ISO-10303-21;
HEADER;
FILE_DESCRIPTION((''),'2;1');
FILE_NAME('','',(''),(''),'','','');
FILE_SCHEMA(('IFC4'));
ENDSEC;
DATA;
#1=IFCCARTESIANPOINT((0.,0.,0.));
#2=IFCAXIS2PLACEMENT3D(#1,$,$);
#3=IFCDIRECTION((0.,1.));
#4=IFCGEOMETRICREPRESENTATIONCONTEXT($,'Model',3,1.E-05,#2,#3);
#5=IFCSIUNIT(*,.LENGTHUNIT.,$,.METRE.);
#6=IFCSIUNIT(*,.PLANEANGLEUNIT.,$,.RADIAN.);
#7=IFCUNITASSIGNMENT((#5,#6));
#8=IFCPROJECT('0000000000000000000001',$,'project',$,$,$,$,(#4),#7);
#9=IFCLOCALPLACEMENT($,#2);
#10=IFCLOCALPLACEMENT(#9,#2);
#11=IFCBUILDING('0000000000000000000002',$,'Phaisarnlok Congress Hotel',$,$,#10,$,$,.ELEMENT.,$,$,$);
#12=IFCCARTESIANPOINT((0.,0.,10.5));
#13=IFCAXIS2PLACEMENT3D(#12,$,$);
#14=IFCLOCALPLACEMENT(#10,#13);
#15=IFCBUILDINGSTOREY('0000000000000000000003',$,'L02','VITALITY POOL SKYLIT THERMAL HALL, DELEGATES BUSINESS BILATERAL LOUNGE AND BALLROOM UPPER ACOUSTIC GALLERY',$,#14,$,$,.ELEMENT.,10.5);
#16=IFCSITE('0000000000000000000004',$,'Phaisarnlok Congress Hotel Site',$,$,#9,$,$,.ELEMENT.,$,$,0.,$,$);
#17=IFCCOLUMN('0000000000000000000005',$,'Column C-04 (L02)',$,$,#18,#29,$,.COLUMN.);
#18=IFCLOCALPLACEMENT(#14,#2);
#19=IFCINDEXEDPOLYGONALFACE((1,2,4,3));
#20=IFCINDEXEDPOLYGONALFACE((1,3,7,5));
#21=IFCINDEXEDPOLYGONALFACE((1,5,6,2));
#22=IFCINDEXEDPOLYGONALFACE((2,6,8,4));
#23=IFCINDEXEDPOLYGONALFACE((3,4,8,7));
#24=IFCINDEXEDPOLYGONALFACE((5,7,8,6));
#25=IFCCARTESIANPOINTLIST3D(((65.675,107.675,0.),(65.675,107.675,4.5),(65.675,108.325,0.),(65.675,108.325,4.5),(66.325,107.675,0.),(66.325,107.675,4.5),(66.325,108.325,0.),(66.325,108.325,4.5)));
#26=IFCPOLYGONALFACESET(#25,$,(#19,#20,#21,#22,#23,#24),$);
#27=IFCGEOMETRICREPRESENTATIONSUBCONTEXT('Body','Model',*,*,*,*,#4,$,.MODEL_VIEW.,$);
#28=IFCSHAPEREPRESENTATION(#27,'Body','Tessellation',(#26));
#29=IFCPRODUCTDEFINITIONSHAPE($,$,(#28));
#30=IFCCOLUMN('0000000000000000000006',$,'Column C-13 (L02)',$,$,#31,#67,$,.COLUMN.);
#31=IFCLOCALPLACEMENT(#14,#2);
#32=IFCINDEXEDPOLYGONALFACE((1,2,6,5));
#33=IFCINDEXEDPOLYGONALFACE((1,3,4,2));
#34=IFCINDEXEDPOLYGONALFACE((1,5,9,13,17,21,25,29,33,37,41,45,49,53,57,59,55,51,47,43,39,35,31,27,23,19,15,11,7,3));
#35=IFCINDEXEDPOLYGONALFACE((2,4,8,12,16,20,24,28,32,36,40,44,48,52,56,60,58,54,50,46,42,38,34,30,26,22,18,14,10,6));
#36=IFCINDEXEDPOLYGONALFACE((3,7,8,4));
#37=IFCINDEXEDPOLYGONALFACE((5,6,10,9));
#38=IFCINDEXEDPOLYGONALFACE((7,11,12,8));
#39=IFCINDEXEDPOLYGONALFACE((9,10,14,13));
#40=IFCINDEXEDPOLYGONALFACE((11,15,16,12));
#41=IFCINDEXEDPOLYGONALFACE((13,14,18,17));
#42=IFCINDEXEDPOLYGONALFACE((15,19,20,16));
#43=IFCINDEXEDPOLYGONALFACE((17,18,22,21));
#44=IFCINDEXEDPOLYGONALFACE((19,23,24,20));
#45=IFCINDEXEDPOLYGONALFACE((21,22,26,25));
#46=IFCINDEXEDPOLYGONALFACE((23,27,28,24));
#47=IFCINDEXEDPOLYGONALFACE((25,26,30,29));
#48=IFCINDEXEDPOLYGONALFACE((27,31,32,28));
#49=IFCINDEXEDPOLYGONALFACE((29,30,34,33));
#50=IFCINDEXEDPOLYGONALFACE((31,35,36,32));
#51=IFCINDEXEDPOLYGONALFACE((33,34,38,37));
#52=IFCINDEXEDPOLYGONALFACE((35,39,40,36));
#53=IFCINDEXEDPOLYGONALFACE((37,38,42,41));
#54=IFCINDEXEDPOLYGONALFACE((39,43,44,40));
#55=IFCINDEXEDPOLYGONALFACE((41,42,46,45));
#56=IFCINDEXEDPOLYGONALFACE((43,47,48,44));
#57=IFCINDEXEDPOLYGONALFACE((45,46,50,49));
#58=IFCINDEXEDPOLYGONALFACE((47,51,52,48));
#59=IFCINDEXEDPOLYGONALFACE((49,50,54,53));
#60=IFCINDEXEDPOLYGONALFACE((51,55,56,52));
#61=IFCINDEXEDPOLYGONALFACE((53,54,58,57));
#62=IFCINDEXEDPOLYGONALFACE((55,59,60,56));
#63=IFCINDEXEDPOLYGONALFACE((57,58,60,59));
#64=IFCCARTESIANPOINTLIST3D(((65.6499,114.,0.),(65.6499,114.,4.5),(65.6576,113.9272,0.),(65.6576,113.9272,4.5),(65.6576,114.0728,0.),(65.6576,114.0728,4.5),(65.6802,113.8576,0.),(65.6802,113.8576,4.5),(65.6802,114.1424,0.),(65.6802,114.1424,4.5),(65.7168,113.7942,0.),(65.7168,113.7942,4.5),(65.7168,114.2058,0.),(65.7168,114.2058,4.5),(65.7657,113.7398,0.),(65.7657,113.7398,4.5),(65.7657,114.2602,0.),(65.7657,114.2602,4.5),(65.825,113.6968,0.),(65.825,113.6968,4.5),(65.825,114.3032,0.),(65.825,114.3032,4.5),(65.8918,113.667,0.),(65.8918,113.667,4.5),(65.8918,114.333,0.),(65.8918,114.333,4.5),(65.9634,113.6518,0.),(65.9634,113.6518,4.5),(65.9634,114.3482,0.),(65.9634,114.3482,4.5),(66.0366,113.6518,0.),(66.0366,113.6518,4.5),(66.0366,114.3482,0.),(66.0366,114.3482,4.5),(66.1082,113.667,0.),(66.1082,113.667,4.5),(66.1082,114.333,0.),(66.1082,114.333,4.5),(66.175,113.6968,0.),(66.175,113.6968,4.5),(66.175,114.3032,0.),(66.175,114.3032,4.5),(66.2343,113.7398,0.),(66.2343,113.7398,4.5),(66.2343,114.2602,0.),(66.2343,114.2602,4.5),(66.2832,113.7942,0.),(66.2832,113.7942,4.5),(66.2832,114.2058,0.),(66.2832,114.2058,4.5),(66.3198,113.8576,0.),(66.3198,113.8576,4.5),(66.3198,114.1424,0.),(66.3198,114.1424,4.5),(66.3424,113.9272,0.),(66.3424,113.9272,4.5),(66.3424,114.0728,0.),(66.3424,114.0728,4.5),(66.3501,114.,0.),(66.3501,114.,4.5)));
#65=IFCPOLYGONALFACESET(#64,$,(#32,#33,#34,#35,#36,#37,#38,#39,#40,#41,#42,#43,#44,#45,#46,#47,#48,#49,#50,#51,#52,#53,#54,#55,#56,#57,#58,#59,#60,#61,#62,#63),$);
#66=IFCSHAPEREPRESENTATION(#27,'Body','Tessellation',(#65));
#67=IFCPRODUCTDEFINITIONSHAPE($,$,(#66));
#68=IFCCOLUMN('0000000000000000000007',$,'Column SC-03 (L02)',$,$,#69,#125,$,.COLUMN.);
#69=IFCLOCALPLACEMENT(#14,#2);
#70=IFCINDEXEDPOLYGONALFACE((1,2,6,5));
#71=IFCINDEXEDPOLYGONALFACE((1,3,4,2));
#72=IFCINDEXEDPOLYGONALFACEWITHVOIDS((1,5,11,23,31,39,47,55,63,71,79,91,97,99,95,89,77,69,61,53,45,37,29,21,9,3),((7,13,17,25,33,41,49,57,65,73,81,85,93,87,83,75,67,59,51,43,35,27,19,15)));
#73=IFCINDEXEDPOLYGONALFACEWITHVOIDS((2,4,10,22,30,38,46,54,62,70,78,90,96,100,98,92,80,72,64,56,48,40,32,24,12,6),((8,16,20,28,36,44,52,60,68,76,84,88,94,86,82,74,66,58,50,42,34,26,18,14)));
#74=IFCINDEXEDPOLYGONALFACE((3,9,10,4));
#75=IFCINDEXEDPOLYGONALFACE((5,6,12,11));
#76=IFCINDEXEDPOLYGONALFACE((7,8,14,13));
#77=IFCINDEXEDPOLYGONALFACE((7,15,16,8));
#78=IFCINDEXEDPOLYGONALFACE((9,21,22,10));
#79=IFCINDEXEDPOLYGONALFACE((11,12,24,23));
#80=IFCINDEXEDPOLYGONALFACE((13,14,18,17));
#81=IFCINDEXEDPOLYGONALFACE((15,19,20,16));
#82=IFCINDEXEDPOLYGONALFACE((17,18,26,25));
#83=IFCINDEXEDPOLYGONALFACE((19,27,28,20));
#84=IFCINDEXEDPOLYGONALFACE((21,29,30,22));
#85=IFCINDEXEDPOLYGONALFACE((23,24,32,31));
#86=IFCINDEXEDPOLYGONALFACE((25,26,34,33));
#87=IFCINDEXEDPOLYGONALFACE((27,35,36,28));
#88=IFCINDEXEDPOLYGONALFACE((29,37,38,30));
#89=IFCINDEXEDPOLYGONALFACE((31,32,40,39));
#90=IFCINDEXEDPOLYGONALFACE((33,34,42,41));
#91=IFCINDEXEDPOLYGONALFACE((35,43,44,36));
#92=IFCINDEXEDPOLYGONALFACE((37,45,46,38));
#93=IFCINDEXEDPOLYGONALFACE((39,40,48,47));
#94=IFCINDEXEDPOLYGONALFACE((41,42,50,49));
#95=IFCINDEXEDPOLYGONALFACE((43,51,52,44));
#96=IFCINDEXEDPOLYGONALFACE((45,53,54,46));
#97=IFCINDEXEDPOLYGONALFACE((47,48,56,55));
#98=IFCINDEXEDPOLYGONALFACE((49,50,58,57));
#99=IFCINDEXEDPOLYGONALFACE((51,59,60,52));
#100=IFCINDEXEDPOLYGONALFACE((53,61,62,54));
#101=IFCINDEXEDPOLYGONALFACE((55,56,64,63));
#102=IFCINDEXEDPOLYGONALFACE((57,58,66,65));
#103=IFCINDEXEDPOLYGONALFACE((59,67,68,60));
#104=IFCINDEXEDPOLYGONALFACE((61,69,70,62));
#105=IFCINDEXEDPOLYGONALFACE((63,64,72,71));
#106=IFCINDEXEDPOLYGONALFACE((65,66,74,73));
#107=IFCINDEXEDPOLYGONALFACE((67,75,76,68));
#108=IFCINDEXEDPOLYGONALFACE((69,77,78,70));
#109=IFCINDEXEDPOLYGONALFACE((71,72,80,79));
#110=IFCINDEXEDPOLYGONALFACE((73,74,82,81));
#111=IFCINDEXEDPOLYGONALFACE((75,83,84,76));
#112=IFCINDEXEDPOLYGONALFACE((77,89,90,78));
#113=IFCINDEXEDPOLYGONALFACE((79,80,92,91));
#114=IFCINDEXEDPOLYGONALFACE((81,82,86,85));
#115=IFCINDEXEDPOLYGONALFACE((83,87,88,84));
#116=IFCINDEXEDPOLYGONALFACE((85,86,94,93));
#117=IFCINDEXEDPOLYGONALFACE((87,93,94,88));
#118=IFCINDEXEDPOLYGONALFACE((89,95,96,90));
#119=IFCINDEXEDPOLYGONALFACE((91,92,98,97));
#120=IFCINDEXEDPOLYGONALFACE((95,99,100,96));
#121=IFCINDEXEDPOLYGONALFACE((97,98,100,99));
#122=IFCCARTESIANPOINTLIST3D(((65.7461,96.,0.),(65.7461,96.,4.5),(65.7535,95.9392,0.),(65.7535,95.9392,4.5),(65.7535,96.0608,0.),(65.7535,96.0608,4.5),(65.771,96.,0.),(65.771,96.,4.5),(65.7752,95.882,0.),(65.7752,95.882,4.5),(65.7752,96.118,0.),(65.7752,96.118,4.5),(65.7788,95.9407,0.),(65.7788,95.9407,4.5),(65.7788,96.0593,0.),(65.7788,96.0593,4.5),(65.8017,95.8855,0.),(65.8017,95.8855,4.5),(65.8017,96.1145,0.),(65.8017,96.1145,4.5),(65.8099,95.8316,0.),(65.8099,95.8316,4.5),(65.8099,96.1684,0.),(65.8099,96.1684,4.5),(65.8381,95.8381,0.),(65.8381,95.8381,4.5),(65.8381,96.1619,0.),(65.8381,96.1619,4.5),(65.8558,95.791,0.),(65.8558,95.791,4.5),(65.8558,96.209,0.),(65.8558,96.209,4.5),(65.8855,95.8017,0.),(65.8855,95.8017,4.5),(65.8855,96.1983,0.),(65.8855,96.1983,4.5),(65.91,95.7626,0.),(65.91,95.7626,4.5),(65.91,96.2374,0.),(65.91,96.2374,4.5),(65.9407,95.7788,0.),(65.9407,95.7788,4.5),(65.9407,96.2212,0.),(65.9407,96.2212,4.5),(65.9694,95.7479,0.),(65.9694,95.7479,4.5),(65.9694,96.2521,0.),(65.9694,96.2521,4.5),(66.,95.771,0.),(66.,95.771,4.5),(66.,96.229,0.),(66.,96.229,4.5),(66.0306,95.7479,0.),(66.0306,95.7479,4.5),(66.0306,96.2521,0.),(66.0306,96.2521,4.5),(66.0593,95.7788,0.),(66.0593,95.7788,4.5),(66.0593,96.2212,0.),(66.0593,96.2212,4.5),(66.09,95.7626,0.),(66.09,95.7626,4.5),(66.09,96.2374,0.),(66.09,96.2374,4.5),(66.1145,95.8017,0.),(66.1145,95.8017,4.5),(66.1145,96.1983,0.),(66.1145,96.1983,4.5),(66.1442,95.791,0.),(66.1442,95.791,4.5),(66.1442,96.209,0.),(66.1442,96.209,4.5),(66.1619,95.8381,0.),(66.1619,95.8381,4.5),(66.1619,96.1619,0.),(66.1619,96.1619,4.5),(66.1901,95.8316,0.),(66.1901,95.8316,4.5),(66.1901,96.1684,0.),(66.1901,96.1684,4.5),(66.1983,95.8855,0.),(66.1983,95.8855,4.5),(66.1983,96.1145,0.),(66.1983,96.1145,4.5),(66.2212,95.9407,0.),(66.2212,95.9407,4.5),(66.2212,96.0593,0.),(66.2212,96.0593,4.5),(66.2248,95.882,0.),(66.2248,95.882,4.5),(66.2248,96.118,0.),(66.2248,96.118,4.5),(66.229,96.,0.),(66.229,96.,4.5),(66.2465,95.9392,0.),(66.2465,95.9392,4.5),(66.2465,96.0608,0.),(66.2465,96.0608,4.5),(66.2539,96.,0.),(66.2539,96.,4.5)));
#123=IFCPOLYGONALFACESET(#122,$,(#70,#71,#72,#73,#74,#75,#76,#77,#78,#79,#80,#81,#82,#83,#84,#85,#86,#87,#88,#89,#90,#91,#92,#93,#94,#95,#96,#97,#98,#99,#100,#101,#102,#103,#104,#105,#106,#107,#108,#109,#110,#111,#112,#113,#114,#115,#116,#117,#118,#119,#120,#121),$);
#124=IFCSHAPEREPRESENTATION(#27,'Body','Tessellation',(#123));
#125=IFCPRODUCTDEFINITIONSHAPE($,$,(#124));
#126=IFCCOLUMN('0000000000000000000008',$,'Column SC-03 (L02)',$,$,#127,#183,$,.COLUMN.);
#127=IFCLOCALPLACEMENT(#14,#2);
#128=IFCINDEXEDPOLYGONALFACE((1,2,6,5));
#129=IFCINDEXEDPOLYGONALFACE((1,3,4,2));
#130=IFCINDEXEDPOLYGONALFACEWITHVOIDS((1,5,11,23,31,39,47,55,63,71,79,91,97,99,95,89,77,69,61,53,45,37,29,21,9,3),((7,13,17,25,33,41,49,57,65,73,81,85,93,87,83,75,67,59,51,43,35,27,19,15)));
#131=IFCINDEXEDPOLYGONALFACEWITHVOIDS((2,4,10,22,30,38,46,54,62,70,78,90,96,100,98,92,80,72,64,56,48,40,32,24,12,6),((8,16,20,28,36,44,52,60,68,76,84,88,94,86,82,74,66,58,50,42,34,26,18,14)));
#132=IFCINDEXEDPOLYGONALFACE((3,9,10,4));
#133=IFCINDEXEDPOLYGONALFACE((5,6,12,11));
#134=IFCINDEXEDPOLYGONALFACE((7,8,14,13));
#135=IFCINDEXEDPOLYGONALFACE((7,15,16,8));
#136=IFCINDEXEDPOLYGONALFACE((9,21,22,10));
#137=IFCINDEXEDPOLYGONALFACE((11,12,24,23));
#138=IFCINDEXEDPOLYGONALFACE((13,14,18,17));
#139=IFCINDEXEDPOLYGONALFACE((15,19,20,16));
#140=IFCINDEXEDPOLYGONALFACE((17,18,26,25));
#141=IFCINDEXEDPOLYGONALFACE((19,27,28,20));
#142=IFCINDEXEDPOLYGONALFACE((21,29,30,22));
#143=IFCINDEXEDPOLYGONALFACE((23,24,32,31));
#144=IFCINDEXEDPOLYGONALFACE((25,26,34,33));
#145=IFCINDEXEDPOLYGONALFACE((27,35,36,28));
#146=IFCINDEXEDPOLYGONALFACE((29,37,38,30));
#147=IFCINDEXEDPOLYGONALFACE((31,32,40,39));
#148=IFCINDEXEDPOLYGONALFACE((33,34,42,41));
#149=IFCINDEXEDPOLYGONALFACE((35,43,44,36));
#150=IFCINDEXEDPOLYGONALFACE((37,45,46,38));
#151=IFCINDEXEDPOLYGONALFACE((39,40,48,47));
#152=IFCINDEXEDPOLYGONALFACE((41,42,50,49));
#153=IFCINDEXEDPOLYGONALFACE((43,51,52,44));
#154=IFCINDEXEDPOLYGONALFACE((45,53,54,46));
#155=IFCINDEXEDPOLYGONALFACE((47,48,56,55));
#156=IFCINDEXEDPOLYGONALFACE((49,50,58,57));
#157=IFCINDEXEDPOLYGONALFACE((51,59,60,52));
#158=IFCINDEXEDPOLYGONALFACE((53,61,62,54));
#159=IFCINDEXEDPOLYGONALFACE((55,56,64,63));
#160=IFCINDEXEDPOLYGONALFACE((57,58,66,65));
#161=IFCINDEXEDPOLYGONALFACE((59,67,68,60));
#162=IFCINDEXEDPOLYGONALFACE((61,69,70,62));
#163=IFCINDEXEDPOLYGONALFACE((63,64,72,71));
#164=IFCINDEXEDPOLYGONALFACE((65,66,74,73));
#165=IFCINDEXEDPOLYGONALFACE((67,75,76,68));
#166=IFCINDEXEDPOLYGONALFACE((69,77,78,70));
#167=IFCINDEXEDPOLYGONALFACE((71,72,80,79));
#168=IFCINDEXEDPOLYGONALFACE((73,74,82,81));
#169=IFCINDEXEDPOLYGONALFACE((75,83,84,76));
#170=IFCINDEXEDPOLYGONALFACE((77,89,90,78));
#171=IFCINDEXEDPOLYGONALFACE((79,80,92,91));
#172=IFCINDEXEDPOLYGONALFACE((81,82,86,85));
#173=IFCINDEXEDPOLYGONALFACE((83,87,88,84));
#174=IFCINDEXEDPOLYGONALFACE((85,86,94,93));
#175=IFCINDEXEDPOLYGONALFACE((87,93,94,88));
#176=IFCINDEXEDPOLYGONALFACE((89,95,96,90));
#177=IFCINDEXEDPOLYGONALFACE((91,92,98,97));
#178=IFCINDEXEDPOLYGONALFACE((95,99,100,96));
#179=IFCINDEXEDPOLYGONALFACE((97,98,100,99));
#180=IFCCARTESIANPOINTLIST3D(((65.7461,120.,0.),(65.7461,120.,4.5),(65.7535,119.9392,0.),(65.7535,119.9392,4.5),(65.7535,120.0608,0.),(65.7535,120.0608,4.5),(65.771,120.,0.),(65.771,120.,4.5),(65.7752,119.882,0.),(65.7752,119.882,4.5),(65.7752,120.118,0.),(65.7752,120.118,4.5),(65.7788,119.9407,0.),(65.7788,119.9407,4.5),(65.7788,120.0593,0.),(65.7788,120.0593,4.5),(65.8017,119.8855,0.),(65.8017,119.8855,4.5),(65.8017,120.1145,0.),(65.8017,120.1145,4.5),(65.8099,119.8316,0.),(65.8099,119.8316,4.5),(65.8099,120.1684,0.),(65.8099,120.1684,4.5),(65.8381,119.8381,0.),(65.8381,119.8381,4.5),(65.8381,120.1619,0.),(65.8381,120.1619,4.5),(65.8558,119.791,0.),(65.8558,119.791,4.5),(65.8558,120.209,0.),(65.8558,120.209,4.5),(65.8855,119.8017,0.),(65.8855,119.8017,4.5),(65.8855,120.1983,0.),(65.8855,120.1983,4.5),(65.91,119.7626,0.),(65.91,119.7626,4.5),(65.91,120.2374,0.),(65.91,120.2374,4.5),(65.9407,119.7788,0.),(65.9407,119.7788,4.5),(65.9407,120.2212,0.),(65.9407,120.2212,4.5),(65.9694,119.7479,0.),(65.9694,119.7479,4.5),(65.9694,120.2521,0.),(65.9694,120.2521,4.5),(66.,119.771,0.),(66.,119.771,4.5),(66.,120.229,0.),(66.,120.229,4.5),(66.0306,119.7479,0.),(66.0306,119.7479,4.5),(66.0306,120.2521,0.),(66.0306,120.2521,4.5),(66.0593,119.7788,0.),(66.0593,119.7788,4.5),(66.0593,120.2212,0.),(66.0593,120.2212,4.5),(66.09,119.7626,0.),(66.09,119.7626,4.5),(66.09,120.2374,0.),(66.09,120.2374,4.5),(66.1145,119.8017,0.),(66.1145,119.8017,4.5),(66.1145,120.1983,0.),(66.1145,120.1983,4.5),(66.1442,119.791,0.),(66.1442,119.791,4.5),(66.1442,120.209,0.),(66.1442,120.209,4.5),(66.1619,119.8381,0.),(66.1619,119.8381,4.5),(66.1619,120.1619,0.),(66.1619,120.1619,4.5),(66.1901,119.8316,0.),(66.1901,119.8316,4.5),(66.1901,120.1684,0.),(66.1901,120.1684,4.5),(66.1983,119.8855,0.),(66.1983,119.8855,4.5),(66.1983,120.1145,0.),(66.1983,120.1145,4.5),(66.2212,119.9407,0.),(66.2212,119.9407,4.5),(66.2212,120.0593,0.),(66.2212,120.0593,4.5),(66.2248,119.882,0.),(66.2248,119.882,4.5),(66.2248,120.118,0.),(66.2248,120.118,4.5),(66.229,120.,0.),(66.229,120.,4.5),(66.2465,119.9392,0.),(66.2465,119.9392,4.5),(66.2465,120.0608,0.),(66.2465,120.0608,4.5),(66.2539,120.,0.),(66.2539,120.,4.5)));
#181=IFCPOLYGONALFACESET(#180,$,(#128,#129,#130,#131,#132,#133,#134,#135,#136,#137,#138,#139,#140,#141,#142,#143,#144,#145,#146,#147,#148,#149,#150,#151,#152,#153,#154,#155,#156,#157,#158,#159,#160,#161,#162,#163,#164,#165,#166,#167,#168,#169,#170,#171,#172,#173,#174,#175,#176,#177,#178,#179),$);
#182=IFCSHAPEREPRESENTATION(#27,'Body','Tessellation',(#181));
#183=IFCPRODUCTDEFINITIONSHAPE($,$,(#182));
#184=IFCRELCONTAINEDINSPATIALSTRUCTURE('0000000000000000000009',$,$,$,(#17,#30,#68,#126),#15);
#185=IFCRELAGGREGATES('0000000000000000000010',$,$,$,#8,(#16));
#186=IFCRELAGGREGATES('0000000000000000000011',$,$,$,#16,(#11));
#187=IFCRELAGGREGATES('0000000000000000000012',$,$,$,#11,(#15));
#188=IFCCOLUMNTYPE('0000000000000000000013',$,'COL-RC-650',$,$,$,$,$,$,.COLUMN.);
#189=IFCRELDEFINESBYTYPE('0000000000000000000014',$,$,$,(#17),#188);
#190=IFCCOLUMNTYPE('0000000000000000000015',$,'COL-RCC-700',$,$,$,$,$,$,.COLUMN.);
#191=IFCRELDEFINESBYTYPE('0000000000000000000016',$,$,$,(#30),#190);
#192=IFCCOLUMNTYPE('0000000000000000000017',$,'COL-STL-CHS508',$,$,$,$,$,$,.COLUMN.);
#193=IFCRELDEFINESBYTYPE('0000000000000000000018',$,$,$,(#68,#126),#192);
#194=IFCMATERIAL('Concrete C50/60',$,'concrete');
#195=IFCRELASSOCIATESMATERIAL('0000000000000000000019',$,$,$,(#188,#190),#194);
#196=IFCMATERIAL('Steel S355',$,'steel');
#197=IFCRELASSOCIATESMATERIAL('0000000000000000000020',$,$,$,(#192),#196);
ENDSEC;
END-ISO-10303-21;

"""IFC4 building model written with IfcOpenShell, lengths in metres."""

from ifc_helpers import new_model, si_unit, direction, frame, origin, origin_2d, place, context, subcontext, project, spatial, rectangle, circle, hollow_circle, extrude, material, material_profile, profile_set, type_object, element, save


model = new_model("IFC4")

# Units and contexts
model_context = context("Model", 3, precision=1e-05, world=origin(), true_north=direction((0.0, 1.0)))
body_context = subcontext(model_context, "Body", "Model", "MODEL_VIEW")
ifc_project = project(units=[si_unit("LENGTHUNIT", "METRE"), si_unit("PLANEANGLEUNIT", "RADIAN")], contexts=[model_context])

# Site, building, storey
site_placement = place(None, origin())
site = spatial("IfcSite", under=ifc_project, at=site_placement, Name="Phaisarnlok Congress Hotel Site", CompositionType="ELEMENT", RefElevation=0.0)
building_placement = place(site_placement, origin())
building = spatial("IfcBuilding", under=site, at=building_placement, Name="Phaisarnlok Congress Hotel", CompositionType="ELEMENT")
storey_placement = place(building_placement, frame((0.0, 0.0, 10.5)))
storey = spatial("IfcBuildingStorey", under=building, at=storey_placement, Name="L02", Description="VITALITY POOL SKYLIT THERMAL HALL, DELEGATES BUSINESS BILATERAL LOUNGE AND BALLROOM UPPER ACOUSTIC GALLERY", CompositionType="ELEMENT", Elevation=10.5)

# Columns
ifc_material_1 = material(Name="Concrete C50/60", Category="concrete")
ifc_material_profile_1 = material_profile(ifc_material_1, rectangle(XDim=0.6499, YDim=0.6499, at=origin_2d()), Name="RC 650x650")
ifc_profile_set_1 = profile_set([ifc_material_profile_1], Name="Concrete C50/60")
column_type_1 = type_object("IfcColumnType", Name="COL-RC-650", PredefinedType="COLUMN", material=ifc_profile_set_1)
column_1_placement = place(storey_placement, frame((66.0, 108.0, 0.0), z_axis=(0.0, 0.0, 1.0), x_axis=(1.0, 0.0, 0.0)))
element("IfcColumn", 1, at=column_1_placement, inside=storey, type_object=column_type_1, Name="Column C-04 (L02)", PredefinedType="COLUMN", context=body_context, shape_type="SweptSolid", body=[
    extrude(rectangle(XDim=0.6499, YDim=0.6499, at=origin_2d()), origin(), (0.0, 0.0, 1.0), 4.5),
])
ifc_material_profile_2 = material_profile(ifc_material_1, circle(Radius=0.3501, at=origin_2d()), Name="RCC D700")
ifc_profile_set_2 = profile_set([ifc_material_profile_2], Name="Concrete C50/60")
column_type_2 = type_object("IfcColumnType", Name="COL-RCC-700", PredefinedType="COLUMN", material=ifc_profile_set_2)
column_2_placement = place(storey_placement, frame((66.0, 114.0, 0.0), z_axis=(0.0, 0.0, 1.0), x_axis=(1.0, 0.0, 0.0)))
element("IfcColumn", 2, at=column_2_placement, inside=storey, type_object=column_type_2, Name="Column C-13 (L02)", PredefinedType="COLUMN", context=body_context, shape_type="SweptSolid", body=[
    extrude(circle(Radius=0.3501, at=origin_2d()), origin(), (0.0, 0.0, 1.0), 4.5),
])
ifc_material_2 = material(Name="Steel S355", Category="steel")
ifc_material_profile_3 = material_profile(ifc_material_2, hollow_circle(Radius=0.2539, WallThickness=0.0249, at=origin_2d()), Name="CHS 508x25")
ifc_profile_set_3 = profile_set([ifc_material_profile_3], Name="Steel S355")
column_type_3 = type_object("IfcColumnType", Name="COL-STL-CHS508", PredefinedType="COLUMN", material=ifc_profile_set_3)
for number, where, z_axis, x_axis, name in (
    (3, (66.0, 96.0, 0.0), (0.0, 0.0, 1.0), (1.0, 0.0, 0.0), "Column SC-03 (L02)"),
    (4, (66.0, 120.0, 0.0), (0.0, 0.0, 1.0), (1.0, 0.0, 0.0), "Column SC-03 (L02)"),
):
    element("IfcColumn", number, at=place(storey_placement, frame(where, z_axis=z_axis, x_axis=x_axis)), inside=storey, type_object=column_type_3, Name=name, PredefinedType="COLUMN", context=body_context, shape_type="SweptSolid", body=[
        extrude(hollow_circle(Radius=0.2539, WallThickness=0.0249, at=origin_2d()), origin(), (0.0, 0.0, 1.0), 4.5),
    ])

save(model, "model.ifc")
